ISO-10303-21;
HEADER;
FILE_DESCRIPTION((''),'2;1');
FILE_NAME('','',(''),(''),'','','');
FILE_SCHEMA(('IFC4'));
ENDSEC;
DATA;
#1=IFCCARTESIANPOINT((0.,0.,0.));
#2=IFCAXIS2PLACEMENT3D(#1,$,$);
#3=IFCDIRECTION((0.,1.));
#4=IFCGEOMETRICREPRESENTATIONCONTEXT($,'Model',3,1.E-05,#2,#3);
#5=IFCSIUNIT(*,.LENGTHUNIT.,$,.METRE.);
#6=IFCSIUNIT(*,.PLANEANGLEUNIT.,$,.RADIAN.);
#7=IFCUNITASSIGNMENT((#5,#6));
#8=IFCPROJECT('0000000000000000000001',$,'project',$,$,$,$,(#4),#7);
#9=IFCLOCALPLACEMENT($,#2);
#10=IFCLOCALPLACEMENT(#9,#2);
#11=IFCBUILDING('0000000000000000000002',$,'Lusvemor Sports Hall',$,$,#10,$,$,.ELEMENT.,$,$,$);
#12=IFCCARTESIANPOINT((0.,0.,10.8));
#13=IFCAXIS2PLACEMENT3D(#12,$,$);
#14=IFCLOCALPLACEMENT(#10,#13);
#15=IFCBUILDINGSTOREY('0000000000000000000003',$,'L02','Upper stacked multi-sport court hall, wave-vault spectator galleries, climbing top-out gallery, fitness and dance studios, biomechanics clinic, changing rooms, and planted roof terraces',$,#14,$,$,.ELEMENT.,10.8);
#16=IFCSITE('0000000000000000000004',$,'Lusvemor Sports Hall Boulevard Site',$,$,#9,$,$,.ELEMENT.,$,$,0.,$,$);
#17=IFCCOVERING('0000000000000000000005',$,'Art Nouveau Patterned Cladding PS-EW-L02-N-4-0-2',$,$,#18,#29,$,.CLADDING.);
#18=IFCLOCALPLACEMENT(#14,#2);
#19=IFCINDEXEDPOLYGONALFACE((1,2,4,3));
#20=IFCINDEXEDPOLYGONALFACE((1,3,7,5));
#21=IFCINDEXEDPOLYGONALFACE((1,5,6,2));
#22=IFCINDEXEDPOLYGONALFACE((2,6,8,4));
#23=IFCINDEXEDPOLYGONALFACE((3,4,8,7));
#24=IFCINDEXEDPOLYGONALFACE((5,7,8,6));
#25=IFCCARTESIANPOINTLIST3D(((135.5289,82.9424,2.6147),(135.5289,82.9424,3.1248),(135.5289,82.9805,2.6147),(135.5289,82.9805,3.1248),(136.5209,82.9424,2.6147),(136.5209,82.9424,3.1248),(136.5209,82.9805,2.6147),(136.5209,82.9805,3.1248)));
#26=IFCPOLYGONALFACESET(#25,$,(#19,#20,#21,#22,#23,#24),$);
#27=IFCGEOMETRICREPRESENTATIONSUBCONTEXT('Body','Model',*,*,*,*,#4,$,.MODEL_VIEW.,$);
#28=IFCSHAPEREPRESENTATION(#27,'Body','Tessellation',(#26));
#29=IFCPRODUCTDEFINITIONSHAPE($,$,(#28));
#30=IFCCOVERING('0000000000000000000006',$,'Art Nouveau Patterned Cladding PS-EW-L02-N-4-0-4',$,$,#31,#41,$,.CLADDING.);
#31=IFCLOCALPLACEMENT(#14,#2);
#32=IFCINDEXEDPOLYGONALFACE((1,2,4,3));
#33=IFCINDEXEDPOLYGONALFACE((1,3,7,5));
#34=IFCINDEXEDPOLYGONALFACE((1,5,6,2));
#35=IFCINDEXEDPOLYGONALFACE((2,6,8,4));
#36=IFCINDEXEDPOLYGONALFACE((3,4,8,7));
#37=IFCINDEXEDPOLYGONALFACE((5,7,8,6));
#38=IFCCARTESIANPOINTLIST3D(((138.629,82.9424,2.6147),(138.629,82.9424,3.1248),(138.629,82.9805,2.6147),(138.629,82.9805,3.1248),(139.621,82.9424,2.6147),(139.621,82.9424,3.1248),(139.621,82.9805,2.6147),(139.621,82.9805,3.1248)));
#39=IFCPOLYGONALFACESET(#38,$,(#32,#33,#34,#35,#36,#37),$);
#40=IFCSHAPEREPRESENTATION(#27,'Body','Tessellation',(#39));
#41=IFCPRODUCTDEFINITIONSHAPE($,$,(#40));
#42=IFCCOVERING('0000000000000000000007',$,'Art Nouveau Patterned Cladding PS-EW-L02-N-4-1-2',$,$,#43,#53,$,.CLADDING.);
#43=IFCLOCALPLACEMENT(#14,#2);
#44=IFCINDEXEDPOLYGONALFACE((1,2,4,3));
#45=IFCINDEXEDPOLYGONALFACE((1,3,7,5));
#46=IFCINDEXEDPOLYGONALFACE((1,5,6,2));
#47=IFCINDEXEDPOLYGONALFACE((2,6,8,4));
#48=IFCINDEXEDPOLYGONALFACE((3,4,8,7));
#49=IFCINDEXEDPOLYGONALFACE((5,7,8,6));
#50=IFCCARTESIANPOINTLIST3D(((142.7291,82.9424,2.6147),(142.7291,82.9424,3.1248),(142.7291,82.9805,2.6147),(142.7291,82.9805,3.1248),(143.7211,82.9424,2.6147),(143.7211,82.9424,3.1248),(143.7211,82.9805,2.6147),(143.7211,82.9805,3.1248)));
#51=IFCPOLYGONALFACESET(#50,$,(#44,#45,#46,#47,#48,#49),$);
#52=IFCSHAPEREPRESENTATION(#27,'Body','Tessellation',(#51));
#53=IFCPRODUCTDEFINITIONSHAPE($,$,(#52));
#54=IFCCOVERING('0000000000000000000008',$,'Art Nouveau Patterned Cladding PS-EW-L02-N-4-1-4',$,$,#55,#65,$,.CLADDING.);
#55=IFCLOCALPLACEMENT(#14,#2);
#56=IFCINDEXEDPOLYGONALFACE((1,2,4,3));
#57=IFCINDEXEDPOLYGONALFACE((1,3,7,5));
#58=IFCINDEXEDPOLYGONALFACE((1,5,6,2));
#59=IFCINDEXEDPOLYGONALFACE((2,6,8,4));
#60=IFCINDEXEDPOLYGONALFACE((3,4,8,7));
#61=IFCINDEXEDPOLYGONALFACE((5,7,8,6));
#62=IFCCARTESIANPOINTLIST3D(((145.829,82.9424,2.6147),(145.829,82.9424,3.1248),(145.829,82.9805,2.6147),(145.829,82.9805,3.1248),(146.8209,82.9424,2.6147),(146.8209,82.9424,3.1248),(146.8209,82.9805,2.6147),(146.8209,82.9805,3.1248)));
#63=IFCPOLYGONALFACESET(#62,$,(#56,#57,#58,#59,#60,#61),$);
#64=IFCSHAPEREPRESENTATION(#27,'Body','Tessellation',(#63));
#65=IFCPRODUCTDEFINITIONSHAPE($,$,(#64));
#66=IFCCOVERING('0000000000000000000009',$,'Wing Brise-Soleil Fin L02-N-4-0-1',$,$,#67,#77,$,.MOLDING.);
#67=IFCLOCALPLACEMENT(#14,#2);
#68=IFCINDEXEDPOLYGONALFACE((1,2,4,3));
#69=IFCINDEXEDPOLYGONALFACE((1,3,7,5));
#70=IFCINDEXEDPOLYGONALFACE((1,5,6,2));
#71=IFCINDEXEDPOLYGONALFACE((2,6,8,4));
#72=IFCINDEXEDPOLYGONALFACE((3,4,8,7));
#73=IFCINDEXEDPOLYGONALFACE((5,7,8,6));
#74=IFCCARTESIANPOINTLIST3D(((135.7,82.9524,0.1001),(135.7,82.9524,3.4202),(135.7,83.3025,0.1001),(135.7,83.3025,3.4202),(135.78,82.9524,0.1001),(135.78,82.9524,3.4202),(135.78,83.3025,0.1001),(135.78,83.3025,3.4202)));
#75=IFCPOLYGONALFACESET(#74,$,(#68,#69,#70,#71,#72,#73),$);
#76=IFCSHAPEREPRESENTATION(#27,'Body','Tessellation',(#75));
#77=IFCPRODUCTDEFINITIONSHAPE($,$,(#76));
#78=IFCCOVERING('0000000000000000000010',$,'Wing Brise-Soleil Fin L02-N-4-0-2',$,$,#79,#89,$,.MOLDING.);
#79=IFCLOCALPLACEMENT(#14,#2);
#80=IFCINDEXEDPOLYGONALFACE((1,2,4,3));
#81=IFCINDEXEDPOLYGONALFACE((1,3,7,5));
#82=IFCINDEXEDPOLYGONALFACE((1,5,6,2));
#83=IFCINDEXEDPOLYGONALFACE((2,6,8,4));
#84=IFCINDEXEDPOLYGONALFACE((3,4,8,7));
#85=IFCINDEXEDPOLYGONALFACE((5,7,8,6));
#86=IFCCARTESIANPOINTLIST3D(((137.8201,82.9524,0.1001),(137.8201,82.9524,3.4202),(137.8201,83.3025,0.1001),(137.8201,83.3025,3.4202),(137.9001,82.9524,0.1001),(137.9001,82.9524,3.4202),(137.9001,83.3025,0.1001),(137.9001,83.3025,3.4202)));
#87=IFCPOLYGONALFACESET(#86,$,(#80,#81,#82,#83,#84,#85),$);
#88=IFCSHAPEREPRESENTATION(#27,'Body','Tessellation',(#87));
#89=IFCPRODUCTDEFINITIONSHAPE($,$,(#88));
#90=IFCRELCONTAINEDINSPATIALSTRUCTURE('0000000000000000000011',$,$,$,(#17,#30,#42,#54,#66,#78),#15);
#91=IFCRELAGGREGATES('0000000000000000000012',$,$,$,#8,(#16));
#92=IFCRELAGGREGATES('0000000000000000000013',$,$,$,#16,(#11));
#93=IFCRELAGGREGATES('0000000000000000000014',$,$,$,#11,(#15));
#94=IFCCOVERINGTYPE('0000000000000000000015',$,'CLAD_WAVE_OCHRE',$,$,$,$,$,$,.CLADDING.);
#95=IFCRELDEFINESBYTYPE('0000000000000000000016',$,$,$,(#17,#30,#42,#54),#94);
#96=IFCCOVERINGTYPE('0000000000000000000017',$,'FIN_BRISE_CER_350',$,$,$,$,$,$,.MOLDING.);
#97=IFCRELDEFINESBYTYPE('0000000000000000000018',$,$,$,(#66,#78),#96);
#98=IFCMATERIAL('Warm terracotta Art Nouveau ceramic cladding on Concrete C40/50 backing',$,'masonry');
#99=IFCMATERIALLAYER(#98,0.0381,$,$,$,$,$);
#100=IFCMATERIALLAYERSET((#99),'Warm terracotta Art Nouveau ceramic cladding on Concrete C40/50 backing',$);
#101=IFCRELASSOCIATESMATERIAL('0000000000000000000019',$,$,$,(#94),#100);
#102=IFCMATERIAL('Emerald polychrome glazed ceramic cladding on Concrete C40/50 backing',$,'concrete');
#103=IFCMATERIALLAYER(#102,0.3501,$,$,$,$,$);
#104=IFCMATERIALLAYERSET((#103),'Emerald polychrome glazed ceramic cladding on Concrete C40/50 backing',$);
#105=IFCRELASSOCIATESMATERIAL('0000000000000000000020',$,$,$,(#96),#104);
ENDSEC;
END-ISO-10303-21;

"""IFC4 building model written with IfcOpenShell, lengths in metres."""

from ifc_helpers import new_model, si_unit, direction, frame, origin, origin_2d, place, context, subcontext, project, spatial, rectangle, extrude, material, layer, layer_set, type_object, element, save


model = new_model("IFC4")

# Units and contexts
model_context = context("Model", 3, precision=1e-05, world=origin(), true_north=direction((0.0, 1.0)))
body_context = subcontext(model_context, "Body", "Model", "MODEL_VIEW")
ifc_project = project(units=[si_unit("LENGTHUNIT", "METRE"), si_unit("PLANEANGLEUNIT", "RADIAN")], contexts=[model_context])

# Site, building, storey
site_placement = place(None, origin())
site = spatial("IfcSite", under=ifc_project, at=site_placement, Name="Lusvemor Sports Hall Boulevard Site", CompositionType="ELEMENT", RefElevation=0.0)
building_placement = place(site_placement, origin())
building = spatial("IfcBuilding", under=site, at=building_placement, Name="Lusvemor Sports Hall", CompositionType="ELEMENT")
storey_placement = place(building_placement, frame((0.0, 0.0, 10.8)))
storey = spatial("IfcBuildingStorey", under=building, at=storey_placement, Name="L02", Description="Upper stacked multi-sport court hall, wave-vault spectator galleries, climbing top-out gallery, fitness and dance studios, biomechanics clinic, changing rooms, and planted roof terraces", CompositionType="ELEMENT", Elevation=10.8)

# Coverings
ifc_material_1 = material(Name="Warm terracotta Art Nouveau ceramic cladding on Concrete C40/50 backing", Category="masonry")
ifc_layer_1 = layer(ifc_material_1, 0.0381)
ifc_layer_set_1 = layer_set([ifc_layer_1], Name="Warm terracotta Art Nouveau ceramic cladding on Concrete C40/50 backing")
covering_type_1 = type_object("IfcCoveringType", Name="CLAD_WAVE_OCHRE", PredefinedType="CLADDING", material=ifc_layer_set_1)
for number, where, z_axis, x_axis, name in (
    (1, (136.0249, 82.9614, 2.6147), (0.0, 0.0, 1.0), (1.0, 0.0, 0.0), "Art Nouveau Patterned Cladding PS-EW-L02-N-4-0-2"),
    (2, (139.125, 82.9614, 2.6147), (0.0, 0.0, 1.0), (1.0, 0.0, 0.0), "Art Nouveau Patterned Cladding PS-EW-L02-N-4-0-4"),
    (3, (143.2251, 82.9614, 2.6147), (0.0, 0.0, 1.0), (1.0, 0.0, 0.0), "Art Nouveau Patterned Cladding PS-EW-L02-N-4-1-2"),
    (4, (146.325, 82.9614, 2.6147), (0.0, 0.0, 1.0), (1.0, 0.0, 0.0), "Art Nouveau Patterned Cladding PS-EW-L02-N-4-1-4"),
):
    element("IfcCovering", number, at=place(storey_placement, frame(where, z_axis=z_axis, x_axis=x_axis)), inside=storey, type_object=covering_type_1, Name=name, PredefinedType="CLADDING", context=body_context, shape_type="SweptSolid", body=[
        extrude(rectangle(XDim=0.9919, YDim=0.0381, at=origin_2d()), origin(), (0.0, 0.0, 1.0), 0.51),
    ])
ifc_material_2 = material(Name="Emerald polychrome glazed ceramic cladding on Concrete C40/50 backing", Category="concrete")
ifc_layer_2 = layer(ifc_material_2, 0.3501)
ifc_layer_set_2 = layer_set([ifc_layer_2], Name="Emerald polychrome glazed ceramic cladding on Concrete C40/50 backing")
covering_type_2 = type_object("IfcCoveringType", Name="FIN_BRISE_CER_350", PredefinedType="MOLDING", material=ifc_layer_set_2)
for number, where, z_axis, x_axis, name in (
    (5, (135.74, 83.1274, 0.1001), (0.0, 0.0, 1.0), (1.0, 0.0, 0.0), "Wing Brise-Soleil Fin L02-N-4-0-1"),
    (6, (137.8601, 83.1274, 0.1001), (0.0, 0.0, 1.0), (1.0, 0.0, 0.0), "Wing Brise-Soleil Fin L02-N-4-0-2"),
):
    element("IfcCovering", number, at=place(storey_placement, frame(where, z_axis=z_axis, x_axis=x_axis)), inside=storey, type_object=covering_type_2, Name=name, PredefinedType="MOLDING", context=body_context, shape_type="SweptSolid", body=[
        extrude(rectangle(XDim=0.0801, YDim=0.3501, at=origin_2d()), origin(), (0.0, 0.0, 1.0), 3.3201),
    ])

save(model, "model.ifc")
